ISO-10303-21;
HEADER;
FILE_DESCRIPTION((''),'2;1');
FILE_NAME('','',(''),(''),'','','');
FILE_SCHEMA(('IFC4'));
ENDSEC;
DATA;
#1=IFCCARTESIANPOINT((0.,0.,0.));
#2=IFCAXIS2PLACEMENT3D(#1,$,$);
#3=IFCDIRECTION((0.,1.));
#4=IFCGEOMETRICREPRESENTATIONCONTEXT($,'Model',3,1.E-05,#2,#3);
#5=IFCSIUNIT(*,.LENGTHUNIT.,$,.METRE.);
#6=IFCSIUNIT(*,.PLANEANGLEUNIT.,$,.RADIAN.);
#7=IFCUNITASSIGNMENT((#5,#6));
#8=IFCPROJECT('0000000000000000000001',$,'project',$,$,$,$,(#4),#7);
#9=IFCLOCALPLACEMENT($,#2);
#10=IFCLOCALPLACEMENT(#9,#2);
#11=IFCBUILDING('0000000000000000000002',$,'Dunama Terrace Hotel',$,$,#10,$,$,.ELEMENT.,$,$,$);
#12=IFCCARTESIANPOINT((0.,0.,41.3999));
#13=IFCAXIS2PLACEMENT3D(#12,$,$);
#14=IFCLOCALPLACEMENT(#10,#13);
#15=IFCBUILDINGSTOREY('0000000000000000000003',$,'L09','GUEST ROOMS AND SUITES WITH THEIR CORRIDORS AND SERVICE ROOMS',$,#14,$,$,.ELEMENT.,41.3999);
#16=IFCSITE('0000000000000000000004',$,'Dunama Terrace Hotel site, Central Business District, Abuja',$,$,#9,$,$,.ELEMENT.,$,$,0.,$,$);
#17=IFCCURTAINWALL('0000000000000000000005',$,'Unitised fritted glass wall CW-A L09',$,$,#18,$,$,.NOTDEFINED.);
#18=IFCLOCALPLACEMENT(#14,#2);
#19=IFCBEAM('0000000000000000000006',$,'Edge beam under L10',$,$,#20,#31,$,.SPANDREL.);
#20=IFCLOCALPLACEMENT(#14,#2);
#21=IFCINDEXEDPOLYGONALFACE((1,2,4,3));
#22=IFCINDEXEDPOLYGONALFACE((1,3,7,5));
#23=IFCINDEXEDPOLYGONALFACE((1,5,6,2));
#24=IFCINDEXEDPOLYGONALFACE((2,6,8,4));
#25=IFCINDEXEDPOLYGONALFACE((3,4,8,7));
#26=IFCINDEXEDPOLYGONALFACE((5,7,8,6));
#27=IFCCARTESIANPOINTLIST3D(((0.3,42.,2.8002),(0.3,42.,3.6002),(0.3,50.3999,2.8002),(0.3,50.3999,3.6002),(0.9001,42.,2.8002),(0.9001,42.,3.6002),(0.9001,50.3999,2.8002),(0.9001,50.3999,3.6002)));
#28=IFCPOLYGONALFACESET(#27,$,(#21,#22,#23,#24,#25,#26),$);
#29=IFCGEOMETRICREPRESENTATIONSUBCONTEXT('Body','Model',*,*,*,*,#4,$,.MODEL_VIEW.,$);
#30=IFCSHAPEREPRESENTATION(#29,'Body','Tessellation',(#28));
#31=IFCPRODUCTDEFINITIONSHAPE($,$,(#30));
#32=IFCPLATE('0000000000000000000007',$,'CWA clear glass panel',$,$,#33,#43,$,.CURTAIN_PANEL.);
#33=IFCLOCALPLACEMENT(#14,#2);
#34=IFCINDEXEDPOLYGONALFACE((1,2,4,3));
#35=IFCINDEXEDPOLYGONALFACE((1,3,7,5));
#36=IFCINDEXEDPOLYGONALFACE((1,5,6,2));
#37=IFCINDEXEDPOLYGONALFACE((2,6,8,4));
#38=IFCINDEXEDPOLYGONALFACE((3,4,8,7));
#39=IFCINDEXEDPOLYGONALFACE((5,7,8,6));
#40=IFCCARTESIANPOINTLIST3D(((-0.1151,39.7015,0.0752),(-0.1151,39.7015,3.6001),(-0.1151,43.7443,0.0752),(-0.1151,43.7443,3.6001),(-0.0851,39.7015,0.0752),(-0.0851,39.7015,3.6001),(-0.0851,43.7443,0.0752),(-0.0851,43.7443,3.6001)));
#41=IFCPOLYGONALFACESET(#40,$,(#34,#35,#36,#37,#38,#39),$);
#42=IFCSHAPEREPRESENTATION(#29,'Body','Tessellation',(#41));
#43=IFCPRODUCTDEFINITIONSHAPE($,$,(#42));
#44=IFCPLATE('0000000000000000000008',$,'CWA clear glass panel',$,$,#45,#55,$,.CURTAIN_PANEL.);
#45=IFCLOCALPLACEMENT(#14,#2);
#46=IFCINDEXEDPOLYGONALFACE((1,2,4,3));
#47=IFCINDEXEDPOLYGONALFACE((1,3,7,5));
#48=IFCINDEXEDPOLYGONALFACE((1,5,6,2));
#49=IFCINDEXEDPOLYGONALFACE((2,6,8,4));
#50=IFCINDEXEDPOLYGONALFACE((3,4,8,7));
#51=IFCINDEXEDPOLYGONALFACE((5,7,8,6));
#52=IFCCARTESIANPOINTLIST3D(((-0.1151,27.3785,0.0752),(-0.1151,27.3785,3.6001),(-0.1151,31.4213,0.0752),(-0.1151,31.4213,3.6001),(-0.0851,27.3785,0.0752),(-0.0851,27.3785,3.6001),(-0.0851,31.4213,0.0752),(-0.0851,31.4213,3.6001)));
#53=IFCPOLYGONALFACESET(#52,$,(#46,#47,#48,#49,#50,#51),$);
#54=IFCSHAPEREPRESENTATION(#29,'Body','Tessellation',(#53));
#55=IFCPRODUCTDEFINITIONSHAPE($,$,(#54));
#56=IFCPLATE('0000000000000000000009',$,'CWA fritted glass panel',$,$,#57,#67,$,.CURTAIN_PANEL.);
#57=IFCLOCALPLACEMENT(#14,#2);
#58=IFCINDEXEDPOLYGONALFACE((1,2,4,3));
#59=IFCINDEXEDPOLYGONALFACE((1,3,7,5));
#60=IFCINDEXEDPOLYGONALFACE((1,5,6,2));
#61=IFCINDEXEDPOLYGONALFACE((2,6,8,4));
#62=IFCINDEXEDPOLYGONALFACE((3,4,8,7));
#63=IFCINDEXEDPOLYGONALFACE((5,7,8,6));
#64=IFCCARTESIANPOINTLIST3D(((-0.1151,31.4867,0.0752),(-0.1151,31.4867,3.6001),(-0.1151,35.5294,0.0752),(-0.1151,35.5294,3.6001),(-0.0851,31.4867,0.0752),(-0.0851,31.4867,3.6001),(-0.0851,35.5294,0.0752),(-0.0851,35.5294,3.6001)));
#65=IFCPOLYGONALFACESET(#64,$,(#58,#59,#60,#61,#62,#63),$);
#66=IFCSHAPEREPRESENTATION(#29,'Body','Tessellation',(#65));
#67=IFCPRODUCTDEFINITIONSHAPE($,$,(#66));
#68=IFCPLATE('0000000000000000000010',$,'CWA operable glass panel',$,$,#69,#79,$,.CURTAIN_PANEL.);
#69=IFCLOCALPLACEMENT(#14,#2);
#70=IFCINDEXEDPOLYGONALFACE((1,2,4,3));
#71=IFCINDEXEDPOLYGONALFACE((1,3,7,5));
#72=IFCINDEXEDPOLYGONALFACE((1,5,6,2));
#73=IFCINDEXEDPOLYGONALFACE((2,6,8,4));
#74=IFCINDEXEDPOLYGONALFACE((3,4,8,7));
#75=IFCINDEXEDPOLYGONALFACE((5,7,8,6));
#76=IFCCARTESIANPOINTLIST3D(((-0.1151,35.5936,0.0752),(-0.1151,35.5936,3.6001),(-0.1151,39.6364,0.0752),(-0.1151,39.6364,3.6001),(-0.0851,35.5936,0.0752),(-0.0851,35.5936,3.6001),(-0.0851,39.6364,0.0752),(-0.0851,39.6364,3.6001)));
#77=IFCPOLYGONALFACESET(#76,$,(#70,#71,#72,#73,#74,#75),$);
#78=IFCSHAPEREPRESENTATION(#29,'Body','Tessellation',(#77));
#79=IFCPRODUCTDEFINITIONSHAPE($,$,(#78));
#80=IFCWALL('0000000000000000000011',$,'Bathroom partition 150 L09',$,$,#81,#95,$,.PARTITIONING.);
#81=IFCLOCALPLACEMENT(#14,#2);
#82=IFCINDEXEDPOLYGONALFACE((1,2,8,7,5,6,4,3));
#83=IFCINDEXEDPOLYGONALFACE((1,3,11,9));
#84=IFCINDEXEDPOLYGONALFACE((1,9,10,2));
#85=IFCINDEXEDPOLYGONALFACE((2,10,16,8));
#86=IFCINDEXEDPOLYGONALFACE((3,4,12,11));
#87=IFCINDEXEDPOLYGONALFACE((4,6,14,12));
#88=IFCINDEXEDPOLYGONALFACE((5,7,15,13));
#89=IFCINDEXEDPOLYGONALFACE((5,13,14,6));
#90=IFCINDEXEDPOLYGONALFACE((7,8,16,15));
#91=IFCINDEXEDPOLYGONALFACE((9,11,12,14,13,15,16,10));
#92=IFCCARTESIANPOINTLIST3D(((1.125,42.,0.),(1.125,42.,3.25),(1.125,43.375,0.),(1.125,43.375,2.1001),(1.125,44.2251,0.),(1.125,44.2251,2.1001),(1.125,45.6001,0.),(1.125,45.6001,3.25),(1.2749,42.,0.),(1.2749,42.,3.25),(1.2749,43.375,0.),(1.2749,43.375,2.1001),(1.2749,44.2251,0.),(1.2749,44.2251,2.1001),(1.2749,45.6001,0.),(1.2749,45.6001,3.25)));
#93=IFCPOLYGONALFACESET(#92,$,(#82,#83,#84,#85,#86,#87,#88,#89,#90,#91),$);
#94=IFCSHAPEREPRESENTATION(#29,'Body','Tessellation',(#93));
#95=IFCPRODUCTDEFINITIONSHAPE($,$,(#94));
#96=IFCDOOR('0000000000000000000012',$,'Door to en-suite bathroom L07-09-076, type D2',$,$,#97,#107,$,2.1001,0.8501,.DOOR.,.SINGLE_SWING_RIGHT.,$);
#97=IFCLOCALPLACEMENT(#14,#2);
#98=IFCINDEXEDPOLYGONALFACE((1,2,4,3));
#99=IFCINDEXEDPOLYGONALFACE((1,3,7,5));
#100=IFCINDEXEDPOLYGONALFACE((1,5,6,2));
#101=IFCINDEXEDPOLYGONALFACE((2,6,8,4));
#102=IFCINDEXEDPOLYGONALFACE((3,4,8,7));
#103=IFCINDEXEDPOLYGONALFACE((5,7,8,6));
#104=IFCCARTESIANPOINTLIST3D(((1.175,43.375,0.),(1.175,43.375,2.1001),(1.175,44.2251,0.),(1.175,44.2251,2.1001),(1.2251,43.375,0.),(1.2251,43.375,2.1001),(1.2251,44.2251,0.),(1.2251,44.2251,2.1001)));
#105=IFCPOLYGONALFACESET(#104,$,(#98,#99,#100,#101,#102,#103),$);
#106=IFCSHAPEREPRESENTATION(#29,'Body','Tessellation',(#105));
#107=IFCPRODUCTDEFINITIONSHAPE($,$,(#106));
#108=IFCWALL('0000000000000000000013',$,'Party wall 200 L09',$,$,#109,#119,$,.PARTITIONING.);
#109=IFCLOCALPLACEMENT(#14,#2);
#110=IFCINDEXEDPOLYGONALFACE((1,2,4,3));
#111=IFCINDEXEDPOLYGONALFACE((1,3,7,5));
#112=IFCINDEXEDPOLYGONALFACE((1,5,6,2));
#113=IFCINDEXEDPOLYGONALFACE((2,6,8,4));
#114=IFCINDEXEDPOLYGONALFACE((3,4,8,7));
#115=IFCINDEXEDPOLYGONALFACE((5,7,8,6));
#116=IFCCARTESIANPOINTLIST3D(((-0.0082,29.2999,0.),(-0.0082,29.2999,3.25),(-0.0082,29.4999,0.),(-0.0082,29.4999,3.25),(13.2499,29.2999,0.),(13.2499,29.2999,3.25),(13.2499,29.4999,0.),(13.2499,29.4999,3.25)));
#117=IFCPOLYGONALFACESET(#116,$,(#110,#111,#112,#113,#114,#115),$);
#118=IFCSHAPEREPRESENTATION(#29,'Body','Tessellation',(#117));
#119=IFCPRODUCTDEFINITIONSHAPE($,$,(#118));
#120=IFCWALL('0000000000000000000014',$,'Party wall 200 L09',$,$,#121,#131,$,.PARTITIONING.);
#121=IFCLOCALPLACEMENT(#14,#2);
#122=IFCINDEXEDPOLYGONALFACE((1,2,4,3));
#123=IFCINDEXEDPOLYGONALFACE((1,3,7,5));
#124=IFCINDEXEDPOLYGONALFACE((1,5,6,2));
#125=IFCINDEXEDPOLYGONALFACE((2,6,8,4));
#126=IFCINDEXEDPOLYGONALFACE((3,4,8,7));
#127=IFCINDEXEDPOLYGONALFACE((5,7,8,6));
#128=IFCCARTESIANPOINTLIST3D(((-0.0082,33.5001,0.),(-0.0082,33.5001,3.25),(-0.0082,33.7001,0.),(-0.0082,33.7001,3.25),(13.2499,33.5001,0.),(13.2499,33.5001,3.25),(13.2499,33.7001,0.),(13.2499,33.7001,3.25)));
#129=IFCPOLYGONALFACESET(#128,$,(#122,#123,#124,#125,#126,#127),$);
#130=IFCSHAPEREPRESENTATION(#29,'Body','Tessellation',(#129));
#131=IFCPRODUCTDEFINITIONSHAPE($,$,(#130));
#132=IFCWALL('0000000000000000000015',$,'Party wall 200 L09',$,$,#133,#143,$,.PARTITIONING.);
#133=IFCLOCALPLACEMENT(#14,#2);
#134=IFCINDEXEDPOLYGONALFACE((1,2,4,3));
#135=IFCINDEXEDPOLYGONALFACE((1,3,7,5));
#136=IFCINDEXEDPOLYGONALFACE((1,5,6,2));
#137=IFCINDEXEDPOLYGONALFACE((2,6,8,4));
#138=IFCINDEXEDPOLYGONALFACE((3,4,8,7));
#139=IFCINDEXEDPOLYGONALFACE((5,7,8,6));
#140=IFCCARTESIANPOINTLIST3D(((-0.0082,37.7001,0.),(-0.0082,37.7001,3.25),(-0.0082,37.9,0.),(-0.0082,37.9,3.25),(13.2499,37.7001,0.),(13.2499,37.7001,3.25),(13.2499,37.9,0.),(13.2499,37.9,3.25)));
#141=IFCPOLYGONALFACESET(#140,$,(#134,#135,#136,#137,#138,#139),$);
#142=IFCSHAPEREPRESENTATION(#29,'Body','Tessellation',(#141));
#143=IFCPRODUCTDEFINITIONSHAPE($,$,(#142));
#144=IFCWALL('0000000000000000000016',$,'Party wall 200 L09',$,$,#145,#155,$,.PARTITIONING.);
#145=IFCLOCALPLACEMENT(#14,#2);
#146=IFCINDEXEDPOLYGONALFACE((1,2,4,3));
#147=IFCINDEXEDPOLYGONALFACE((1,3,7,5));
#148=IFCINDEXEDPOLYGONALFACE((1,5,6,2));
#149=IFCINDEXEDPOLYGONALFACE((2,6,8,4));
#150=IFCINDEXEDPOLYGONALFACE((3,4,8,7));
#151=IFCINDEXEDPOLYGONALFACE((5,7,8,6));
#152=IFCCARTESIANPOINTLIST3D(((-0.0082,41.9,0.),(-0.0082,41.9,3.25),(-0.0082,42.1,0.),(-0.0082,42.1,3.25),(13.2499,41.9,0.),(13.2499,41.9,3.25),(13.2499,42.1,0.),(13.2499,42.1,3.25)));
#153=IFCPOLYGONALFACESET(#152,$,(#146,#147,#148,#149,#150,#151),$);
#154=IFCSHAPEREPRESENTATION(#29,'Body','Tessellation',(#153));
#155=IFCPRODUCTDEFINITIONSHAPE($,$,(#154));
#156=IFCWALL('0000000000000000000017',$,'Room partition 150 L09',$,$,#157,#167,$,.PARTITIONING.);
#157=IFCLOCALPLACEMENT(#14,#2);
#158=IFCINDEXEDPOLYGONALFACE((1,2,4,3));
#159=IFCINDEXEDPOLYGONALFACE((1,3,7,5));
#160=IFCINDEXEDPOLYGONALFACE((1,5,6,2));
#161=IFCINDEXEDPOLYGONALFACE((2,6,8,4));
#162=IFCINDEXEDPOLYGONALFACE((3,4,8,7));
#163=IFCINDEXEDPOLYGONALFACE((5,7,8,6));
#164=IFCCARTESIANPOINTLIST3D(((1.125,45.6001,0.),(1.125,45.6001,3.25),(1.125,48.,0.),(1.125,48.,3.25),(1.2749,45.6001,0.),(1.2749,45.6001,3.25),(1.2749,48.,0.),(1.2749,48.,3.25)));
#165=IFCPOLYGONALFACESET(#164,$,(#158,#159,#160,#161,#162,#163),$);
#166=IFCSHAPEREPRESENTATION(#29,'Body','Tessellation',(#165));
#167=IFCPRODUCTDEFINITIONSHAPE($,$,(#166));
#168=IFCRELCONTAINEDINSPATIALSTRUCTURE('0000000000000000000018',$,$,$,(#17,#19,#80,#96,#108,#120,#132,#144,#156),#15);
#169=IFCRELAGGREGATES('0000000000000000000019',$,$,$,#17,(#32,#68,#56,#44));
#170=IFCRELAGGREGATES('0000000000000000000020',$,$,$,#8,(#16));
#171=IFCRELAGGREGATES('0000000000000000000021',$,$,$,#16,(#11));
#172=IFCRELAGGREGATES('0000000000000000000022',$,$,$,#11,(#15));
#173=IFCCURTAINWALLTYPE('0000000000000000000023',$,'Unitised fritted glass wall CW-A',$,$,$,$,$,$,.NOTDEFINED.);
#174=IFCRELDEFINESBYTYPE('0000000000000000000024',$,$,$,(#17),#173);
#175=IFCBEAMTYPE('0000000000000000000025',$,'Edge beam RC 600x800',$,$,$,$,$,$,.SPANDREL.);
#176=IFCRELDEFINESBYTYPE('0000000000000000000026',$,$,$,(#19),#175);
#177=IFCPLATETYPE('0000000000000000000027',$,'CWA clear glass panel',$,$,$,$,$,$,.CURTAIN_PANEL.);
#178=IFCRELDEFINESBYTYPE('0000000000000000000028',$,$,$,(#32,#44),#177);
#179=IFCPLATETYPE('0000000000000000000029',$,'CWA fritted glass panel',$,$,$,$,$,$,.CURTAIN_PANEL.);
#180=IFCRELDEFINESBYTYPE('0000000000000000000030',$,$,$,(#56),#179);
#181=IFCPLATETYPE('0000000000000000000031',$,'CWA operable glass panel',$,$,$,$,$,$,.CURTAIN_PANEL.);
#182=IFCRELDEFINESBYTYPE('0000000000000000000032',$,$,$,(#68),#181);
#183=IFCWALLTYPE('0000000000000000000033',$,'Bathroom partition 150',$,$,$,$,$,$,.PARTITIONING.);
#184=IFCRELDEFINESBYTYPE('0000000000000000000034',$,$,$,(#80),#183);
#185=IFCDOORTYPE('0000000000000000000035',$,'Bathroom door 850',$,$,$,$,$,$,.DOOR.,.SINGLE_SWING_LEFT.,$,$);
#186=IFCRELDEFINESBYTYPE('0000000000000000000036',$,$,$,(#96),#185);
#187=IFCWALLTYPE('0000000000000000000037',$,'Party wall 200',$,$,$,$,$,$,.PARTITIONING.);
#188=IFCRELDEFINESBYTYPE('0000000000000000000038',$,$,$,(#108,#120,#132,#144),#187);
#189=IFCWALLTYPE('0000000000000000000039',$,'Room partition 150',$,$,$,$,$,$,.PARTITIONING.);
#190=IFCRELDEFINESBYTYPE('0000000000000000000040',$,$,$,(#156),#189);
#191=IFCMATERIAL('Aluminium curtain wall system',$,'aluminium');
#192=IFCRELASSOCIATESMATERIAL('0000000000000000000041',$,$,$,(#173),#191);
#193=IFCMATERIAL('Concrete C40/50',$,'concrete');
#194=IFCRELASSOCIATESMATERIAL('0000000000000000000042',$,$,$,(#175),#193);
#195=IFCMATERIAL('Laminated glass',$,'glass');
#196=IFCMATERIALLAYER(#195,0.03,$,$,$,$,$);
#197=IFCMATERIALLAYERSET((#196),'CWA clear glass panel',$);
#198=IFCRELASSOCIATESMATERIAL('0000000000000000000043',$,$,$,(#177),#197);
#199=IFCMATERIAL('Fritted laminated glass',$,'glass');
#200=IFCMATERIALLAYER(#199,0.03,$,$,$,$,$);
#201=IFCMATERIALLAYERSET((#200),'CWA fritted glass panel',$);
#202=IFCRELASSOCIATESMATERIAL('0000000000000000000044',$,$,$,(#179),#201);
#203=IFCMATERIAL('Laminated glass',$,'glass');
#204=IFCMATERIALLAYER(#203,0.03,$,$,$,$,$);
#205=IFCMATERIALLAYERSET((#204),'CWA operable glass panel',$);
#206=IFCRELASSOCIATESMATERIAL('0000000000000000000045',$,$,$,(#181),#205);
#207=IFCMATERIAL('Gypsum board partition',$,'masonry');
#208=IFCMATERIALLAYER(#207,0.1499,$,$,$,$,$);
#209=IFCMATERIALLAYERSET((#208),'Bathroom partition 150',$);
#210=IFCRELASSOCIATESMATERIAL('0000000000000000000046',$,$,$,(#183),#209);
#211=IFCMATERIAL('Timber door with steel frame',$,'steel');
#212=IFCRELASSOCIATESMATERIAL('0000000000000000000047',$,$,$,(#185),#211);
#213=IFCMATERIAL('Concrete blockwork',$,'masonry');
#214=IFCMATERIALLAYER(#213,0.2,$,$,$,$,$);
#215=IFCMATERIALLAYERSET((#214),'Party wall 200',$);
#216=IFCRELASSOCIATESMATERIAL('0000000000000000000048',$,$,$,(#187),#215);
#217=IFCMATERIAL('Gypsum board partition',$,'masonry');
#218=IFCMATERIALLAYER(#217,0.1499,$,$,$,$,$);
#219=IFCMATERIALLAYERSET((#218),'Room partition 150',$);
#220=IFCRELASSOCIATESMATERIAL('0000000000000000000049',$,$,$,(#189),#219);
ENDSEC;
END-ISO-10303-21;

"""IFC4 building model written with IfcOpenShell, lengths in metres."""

from ifc_helpers import new_model, si_unit, direction, frame, frame_2d, origin, origin_2d, place, context, subcontext, project, spatial, rectangle, extrude, material, layer, layer_set, material_profile, profile_set, type_object, element, fill, aggregate, save


model = new_model("IFC4")

# Units and contexts
model_context = context("Model", 3, precision=1e-05, world=origin(), true_north=direction((0.0, 1.0)))
body_context = subcontext(model_context, "Body", "Model", "MODEL_VIEW")
ifc_project = project(units=[si_unit("LENGTHUNIT", "METRE"), si_unit("PLANEANGLEUNIT", "RADIAN")], contexts=[model_context])

# Site, building, storey
site_placement = place(None, origin())
site = spatial("IfcSite", under=ifc_project, at=site_placement, Name="Dunama Terrace Hotel site, Central Business District, Abuja", CompositionType="ELEMENT", RefElevation=0.0)
building_placement = place(site_placement, origin())
building = spatial("IfcBuilding", under=site, at=building_placement, Name="Dunama Terrace Hotel", CompositionType="ELEMENT")
storey_placement = place(building_placement, frame((0.0, 0.0, 41.3999)))
storey = spatial("IfcBuildingStorey", under=building, at=storey_placement, Name="L09", Description="GUEST ROOMS AND SUITES WITH THEIR CORRIDORS AND SERVICE ROOMS", CompositionType="ELEMENT", Elevation=41.3999)

# Curtain wall
ifc_material_1 = material(Name="Aluminium curtain wall system", Category="aluminium")
curtain_wall_type = type_object("IfcCurtainWallType", Name="Unitised fritted glass wall CW-A", PredefinedType="NOTDEFINED", material=ifc_material_1)
curtain_wall_placement = place(storey_placement, origin())
curtain_wall = element("IfcCurtainWall", 1, at=curtain_wall_placement, inside=storey, type_object=curtain_wall_type, Name="Unitised fritted glass wall CW-A L09", PredefinedType="NOTDEFINED")

# Beam
ifc_material_2 = material(Name="Concrete C40/50", Category="concrete")
ifc_material_profile_1 = material_profile(ifc_material_2, rectangle(XDim=0.6001, YDim=0.8, at=origin_2d()), Name="RC 600x800")
ifc_profile_set_1 = profile_set([ifc_material_profile_1], Name="Concrete C40/50")
beam_type = type_object("IfcBeamType", Name="Edge beam RC 600x800", PredefinedType="SPANDREL", material=ifc_profile_set_1)
for number, where, z_axis, x_axis, name in (
    (2, (0.6001, 42.0, 3.2002), (0.0, 1.0, 0.0), (-1.0, 0.0, 0.0), "Edge beam under L10"),
):
    element("IfcBeam", number, at=place(storey_placement, frame(where, z_axis=z_axis, x_axis=x_axis)), inside=storey, type_object=beam_type, Name=name, PredefinedType="SPANDREL", context=body_context, shape_type="SweptSolid", body=[
        extrude(rectangle(XDim=0.6001, YDim=0.8, at=origin_2d()), origin(), (0.0, 0.0, 1.0), 8.3999),
    ])

# Plates
ifc_material_3 = material(Name="Laminated glass", Category="glass")
ifc_layer_1 = layer(ifc_material_3, 0.03)
ifc_layer_set_1 = layer_set([ifc_layer_1], Name="CWA clear glass panel")
plate_type_1 = type_object("IfcPlateType", Name="CWA clear glass panel", PredefinedType="CURTAIN_PANEL", material=ifc_layer_set_1)
plate_1_placement = place(storey_placement, frame((-0.1001, 41.7229, 0.0752), z_axis=(0.0, 0.0, 1.0), x_axis=(0.0, -1.0, 0.0)))
plate_1 = element("IfcPlate", 3, at=plate_1_placement, type_object=plate_type_1, Name="CWA clear glass panel", PredefinedType="CURTAIN_PANEL", context=body_context, shape_type="SweptSolid", body=[
    extrude(rectangle(XDim=4.0427, YDim=0.03, at=origin_2d()), origin(), (0.0, 0.0, 1.0), 3.5249),
])
plate_2_placement = place(storey_placement, frame((-0.1001, 29.3999, 0.0752), z_axis=(0.0, 0.0, 1.0), x_axis=(0.0, -1.0, 0.0)))
plate_2 = element("IfcPlate", 4, at=plate_2_placement, type_object=plate_type_1, Name="CWA clear glass panel", PredefinedType="CURTAIN_PANEL", context=body_context, shape_type="SweptSolid", body=[
    extrude(rectangle(XDim=4.0427, YDim=0.03, at=origin_2d()), origin(), (0.0, 0.0, 1.0), 3.5249),
])
ifc_material_4 = material(Name="Fritted laminated glass", Category="glass")
ifc_layer_2 = layer(ifc_material_4, 0.03)
ifc_layer_set_2 = layer_set([ifc_layer_2], Name="CWA fritted glass panel")
plate_type_2 = type_object("IfcPlateType", Name="CWA fritted glass panel", PredefinedType="CURTAIN_PANEL", material=ifc_layer_set_2)
plate_3_placement = place(storey_placement, frame((-0.1001, 33.5081, 0.0752), z_axis=(0.0, 0.0, 1.0), x_axis=(0.0, -1.0, 0.0)))
plate_3 = element("IfcPlate", 5, at=plate_3_placement, type_object=plate_type_2, Name="CWA fritted glass panel", PredefinedType="CURTAIN_PANEL", context=body_context, shape_type="SweptSolid", body=[
    extrude(rectangle(XDim=4.0427, YDim=0.03, at=origin_2d()), origin(), (0.0, 0.0, 1.0), 3.5249),
])
ifc_material_5 = material(Name="Laminated glass", Category="glass")
ifc_layer_3 = layer(ifc_material_5, 0.03)
ifc_layer_set_3 = layer_set([ifc_layer_3], Name="CWA operable glass panel")
plate_type_3 = type_object("IfcPlateType", Name="CWA operable glass panel", PredefinedType="CURTAIN_PANEL", material=ifc_layer_set_3)
plate_4_placement = place(storey_placement, frame((-0.1001, 37.615, 0.0752), z_axis=(0.0, 0.0, 1.0), x_axis=(0.0, -1.0, 0.0)))
plate_4 = element("IfcPlate", 6, at=plate_4_placement, type_object=plate_type_3, Name="CWA operable glass panel", PredefinedType="CURTAIN_PANEL", context=body_context, shape_type="SweptSolid", body=[
    extrude(rectangle(XDim=4.0427, YDim=0.03, at=origin_2d()), origin(), (0.0, 0.0, 1.0), 3.5249),
])
aggregate(curtain_wall, [plate_1, plate_4, plate_3, plate_2])

# Wall, opening, door
ifc_material_6 = material(Name="Gypsum board partition", Category="masonry")
ifc_layer_4 = layer(ifc_material_6, 0.1499)
ifc_layer_set_4 = layer_set([ifc_layer_4], Name="Bathroom partition 150")
wall_type_1 = type_object("IfcWallType", Name="Bathroom partition 150", PredefinedType="PARTITIONING", material=ifc_layer_set_4)
wall_1_placement = place(storey_placement, frame((1.2, 42.0, 0.0), z_axis=(0.0, 0.0, 1.0), x_axis=(0.0, 1.0, 0.0)))
wall_1 = element("IfcWall", 7, at=wall_1_placement, inside=storey, type_object=wall_type_1, Name="Bathroom partition 150 L09", PredefinedType="PARTITIONING", context=body_context, shape_type="SweptSolid", body=[
    extrude(rectangle(XDim=3.6001, YDim=0.1499, at=frame_2d((1.8, 0.0))), origin(), (0.0, 0.0, 1.0), 3.25),
])
opening_1_placement = place(wall_1_placement, frame((1.375, 0.0, 0.0)))
opening_1 = element("IfcOpeningElement", 8, at=opening_1_placement, cuts=wall_1, PredefinedType="OPENING", context=body_context, shape_type="SweptSolid", body=[
    extrude(rectangle(XDim=0.8501, YDim=2.1001, at=frame_2d((0.425, 1.05))), frame((0.0, 0.085, 0.0), z_axis=(0.0, -1.0, 0.0), x_axis=(1.0, 0.0, 0.0)), (0.0, 0.0, 1.0), 0.1699),
])
ifc_material_7 = material(Name="Timber door with steel frame", Category="steel")
door_type_1 = type_object("IfcDoorType", Name="Bathroom door 850", OperationType="SINGLE_SWING_LEFT", PredefinedType="DOOR", material=ifc_material_7)
door_1_placement = place(opening_1_placement, frame((0.8501, 0.0, 0.0), z_axis=(0.0, 0.0, 1.0), x_axis=(-1.0, 0.0, 0.0)))
door_1 = element("IfcDoor", 9, at=door_1_placement, inside=storey, type_object=door_type_1, Name="Door to en-suite bathroom L07-09-076, type D2", OperationType="SINGLE_SWING_RIGHT", OverallHeight=2.1001, OverallWidth=0.8501, PredefinedType="DOOR", context=body_context, shape_type="SweptSolid", body=[
    extrude(rectangle(XDim=0.8501, YDim=2.1001, at=frame_2d((0.425, 1.05))), frame((0.0, 0.0251, 0.0), z_axis=(0.0, -1.0, 0.0), x_axis=(1.0, 0.0, 0.0)), (0.0, 0.0, 1.0), 0.05),
])
fill(opening_1, door_1)

# Walls
ifc_material_8 = material(Name="Concrete blockwork", Category="masonry")
ifc_layer_5 = layer(ifc_material_8, 0.2)
ifc_layer_set_5 = layer_set([ifc_layer_5], Name="Party wall 200")
wall_type_2 = type_object("IfcWallType", Name="Party wall 200", PredefinedType="PARTITIONING", material=ifc_layer_set_5)
for number, where, z_axis, x_axis, name in (
    (10, (-0.0081, 29.3999, 0.0), (0.0, 0.0, 1.0), (1.0, 0.0, 0.0), "Party wall 200 L09"),
    (11, (-0.0081, 33.6001, 0.0), (0.0, 0.0, 1.0), (1.0, 0.0, 0.0), "Party wall 200 L09"),
    (12, (-0.0081, 37.8, 0.0), (0.0, 0.0, 1.0), (1.0, 0.0, 0.0), "Party wall 200 L09"),
    (13, (-0.0081, 42.0, 0.0), (0.0, 0.0, 1.0), (1.0, 0.0, 0.0), "Party wall 200 L09"),
):
    element("IfcWall", number, at=place(storey_placement, frame(where, z_axis=z_axis, x_axis=x_axis)), inside=storey, type_object=wall_type_2, Name=name, PredefinedType="PARTITIONING", context=body_context, shape_type="SweptSolid", body=[
        extrude(rectangle(XDim=13.2581, YDim=0.2, at=frame_2d((6.6289, 0.0))), origin(), (0.0, 0.0, 1.0), 3.25),
    ])
ifc_material_9 = material(Name="Gypsum board partition", Category="masonry")
ifc_layer_6 = layer(ifc_material_9, 0.1499)
ifc_layer_set_6 = layer_set([ifc_layer_6], Name="Room partition 150")
wall_type_3 = type_object("IfcWallType", Name="Room partition 150", PredefinedType="PARTITIONING", material=ifc_layer_set_6)
wall_2_placement = place(storey_placement, frame((1.2, 45.6001, 0.0), z_axis=(0.0, 0.0, 1.0), x_axis=(0.0, 1.0, 0.0)))
element("IfcWall", 14, at=wall_2_placement, inside=storey, type_object=wall_type_3, Name="Room partition 150 L09", PredefinedType="PARTITIONING", context=body_context, shape_type="SweptSolid", body=[
    extrude(rectangle(XDim=2.3999, YDim=0.1499, at=frame_2d((1.2, 0.0))), origin(), (0.0, 0.0, 1.0), 3.25),
])

save(model, "model.ifc")
